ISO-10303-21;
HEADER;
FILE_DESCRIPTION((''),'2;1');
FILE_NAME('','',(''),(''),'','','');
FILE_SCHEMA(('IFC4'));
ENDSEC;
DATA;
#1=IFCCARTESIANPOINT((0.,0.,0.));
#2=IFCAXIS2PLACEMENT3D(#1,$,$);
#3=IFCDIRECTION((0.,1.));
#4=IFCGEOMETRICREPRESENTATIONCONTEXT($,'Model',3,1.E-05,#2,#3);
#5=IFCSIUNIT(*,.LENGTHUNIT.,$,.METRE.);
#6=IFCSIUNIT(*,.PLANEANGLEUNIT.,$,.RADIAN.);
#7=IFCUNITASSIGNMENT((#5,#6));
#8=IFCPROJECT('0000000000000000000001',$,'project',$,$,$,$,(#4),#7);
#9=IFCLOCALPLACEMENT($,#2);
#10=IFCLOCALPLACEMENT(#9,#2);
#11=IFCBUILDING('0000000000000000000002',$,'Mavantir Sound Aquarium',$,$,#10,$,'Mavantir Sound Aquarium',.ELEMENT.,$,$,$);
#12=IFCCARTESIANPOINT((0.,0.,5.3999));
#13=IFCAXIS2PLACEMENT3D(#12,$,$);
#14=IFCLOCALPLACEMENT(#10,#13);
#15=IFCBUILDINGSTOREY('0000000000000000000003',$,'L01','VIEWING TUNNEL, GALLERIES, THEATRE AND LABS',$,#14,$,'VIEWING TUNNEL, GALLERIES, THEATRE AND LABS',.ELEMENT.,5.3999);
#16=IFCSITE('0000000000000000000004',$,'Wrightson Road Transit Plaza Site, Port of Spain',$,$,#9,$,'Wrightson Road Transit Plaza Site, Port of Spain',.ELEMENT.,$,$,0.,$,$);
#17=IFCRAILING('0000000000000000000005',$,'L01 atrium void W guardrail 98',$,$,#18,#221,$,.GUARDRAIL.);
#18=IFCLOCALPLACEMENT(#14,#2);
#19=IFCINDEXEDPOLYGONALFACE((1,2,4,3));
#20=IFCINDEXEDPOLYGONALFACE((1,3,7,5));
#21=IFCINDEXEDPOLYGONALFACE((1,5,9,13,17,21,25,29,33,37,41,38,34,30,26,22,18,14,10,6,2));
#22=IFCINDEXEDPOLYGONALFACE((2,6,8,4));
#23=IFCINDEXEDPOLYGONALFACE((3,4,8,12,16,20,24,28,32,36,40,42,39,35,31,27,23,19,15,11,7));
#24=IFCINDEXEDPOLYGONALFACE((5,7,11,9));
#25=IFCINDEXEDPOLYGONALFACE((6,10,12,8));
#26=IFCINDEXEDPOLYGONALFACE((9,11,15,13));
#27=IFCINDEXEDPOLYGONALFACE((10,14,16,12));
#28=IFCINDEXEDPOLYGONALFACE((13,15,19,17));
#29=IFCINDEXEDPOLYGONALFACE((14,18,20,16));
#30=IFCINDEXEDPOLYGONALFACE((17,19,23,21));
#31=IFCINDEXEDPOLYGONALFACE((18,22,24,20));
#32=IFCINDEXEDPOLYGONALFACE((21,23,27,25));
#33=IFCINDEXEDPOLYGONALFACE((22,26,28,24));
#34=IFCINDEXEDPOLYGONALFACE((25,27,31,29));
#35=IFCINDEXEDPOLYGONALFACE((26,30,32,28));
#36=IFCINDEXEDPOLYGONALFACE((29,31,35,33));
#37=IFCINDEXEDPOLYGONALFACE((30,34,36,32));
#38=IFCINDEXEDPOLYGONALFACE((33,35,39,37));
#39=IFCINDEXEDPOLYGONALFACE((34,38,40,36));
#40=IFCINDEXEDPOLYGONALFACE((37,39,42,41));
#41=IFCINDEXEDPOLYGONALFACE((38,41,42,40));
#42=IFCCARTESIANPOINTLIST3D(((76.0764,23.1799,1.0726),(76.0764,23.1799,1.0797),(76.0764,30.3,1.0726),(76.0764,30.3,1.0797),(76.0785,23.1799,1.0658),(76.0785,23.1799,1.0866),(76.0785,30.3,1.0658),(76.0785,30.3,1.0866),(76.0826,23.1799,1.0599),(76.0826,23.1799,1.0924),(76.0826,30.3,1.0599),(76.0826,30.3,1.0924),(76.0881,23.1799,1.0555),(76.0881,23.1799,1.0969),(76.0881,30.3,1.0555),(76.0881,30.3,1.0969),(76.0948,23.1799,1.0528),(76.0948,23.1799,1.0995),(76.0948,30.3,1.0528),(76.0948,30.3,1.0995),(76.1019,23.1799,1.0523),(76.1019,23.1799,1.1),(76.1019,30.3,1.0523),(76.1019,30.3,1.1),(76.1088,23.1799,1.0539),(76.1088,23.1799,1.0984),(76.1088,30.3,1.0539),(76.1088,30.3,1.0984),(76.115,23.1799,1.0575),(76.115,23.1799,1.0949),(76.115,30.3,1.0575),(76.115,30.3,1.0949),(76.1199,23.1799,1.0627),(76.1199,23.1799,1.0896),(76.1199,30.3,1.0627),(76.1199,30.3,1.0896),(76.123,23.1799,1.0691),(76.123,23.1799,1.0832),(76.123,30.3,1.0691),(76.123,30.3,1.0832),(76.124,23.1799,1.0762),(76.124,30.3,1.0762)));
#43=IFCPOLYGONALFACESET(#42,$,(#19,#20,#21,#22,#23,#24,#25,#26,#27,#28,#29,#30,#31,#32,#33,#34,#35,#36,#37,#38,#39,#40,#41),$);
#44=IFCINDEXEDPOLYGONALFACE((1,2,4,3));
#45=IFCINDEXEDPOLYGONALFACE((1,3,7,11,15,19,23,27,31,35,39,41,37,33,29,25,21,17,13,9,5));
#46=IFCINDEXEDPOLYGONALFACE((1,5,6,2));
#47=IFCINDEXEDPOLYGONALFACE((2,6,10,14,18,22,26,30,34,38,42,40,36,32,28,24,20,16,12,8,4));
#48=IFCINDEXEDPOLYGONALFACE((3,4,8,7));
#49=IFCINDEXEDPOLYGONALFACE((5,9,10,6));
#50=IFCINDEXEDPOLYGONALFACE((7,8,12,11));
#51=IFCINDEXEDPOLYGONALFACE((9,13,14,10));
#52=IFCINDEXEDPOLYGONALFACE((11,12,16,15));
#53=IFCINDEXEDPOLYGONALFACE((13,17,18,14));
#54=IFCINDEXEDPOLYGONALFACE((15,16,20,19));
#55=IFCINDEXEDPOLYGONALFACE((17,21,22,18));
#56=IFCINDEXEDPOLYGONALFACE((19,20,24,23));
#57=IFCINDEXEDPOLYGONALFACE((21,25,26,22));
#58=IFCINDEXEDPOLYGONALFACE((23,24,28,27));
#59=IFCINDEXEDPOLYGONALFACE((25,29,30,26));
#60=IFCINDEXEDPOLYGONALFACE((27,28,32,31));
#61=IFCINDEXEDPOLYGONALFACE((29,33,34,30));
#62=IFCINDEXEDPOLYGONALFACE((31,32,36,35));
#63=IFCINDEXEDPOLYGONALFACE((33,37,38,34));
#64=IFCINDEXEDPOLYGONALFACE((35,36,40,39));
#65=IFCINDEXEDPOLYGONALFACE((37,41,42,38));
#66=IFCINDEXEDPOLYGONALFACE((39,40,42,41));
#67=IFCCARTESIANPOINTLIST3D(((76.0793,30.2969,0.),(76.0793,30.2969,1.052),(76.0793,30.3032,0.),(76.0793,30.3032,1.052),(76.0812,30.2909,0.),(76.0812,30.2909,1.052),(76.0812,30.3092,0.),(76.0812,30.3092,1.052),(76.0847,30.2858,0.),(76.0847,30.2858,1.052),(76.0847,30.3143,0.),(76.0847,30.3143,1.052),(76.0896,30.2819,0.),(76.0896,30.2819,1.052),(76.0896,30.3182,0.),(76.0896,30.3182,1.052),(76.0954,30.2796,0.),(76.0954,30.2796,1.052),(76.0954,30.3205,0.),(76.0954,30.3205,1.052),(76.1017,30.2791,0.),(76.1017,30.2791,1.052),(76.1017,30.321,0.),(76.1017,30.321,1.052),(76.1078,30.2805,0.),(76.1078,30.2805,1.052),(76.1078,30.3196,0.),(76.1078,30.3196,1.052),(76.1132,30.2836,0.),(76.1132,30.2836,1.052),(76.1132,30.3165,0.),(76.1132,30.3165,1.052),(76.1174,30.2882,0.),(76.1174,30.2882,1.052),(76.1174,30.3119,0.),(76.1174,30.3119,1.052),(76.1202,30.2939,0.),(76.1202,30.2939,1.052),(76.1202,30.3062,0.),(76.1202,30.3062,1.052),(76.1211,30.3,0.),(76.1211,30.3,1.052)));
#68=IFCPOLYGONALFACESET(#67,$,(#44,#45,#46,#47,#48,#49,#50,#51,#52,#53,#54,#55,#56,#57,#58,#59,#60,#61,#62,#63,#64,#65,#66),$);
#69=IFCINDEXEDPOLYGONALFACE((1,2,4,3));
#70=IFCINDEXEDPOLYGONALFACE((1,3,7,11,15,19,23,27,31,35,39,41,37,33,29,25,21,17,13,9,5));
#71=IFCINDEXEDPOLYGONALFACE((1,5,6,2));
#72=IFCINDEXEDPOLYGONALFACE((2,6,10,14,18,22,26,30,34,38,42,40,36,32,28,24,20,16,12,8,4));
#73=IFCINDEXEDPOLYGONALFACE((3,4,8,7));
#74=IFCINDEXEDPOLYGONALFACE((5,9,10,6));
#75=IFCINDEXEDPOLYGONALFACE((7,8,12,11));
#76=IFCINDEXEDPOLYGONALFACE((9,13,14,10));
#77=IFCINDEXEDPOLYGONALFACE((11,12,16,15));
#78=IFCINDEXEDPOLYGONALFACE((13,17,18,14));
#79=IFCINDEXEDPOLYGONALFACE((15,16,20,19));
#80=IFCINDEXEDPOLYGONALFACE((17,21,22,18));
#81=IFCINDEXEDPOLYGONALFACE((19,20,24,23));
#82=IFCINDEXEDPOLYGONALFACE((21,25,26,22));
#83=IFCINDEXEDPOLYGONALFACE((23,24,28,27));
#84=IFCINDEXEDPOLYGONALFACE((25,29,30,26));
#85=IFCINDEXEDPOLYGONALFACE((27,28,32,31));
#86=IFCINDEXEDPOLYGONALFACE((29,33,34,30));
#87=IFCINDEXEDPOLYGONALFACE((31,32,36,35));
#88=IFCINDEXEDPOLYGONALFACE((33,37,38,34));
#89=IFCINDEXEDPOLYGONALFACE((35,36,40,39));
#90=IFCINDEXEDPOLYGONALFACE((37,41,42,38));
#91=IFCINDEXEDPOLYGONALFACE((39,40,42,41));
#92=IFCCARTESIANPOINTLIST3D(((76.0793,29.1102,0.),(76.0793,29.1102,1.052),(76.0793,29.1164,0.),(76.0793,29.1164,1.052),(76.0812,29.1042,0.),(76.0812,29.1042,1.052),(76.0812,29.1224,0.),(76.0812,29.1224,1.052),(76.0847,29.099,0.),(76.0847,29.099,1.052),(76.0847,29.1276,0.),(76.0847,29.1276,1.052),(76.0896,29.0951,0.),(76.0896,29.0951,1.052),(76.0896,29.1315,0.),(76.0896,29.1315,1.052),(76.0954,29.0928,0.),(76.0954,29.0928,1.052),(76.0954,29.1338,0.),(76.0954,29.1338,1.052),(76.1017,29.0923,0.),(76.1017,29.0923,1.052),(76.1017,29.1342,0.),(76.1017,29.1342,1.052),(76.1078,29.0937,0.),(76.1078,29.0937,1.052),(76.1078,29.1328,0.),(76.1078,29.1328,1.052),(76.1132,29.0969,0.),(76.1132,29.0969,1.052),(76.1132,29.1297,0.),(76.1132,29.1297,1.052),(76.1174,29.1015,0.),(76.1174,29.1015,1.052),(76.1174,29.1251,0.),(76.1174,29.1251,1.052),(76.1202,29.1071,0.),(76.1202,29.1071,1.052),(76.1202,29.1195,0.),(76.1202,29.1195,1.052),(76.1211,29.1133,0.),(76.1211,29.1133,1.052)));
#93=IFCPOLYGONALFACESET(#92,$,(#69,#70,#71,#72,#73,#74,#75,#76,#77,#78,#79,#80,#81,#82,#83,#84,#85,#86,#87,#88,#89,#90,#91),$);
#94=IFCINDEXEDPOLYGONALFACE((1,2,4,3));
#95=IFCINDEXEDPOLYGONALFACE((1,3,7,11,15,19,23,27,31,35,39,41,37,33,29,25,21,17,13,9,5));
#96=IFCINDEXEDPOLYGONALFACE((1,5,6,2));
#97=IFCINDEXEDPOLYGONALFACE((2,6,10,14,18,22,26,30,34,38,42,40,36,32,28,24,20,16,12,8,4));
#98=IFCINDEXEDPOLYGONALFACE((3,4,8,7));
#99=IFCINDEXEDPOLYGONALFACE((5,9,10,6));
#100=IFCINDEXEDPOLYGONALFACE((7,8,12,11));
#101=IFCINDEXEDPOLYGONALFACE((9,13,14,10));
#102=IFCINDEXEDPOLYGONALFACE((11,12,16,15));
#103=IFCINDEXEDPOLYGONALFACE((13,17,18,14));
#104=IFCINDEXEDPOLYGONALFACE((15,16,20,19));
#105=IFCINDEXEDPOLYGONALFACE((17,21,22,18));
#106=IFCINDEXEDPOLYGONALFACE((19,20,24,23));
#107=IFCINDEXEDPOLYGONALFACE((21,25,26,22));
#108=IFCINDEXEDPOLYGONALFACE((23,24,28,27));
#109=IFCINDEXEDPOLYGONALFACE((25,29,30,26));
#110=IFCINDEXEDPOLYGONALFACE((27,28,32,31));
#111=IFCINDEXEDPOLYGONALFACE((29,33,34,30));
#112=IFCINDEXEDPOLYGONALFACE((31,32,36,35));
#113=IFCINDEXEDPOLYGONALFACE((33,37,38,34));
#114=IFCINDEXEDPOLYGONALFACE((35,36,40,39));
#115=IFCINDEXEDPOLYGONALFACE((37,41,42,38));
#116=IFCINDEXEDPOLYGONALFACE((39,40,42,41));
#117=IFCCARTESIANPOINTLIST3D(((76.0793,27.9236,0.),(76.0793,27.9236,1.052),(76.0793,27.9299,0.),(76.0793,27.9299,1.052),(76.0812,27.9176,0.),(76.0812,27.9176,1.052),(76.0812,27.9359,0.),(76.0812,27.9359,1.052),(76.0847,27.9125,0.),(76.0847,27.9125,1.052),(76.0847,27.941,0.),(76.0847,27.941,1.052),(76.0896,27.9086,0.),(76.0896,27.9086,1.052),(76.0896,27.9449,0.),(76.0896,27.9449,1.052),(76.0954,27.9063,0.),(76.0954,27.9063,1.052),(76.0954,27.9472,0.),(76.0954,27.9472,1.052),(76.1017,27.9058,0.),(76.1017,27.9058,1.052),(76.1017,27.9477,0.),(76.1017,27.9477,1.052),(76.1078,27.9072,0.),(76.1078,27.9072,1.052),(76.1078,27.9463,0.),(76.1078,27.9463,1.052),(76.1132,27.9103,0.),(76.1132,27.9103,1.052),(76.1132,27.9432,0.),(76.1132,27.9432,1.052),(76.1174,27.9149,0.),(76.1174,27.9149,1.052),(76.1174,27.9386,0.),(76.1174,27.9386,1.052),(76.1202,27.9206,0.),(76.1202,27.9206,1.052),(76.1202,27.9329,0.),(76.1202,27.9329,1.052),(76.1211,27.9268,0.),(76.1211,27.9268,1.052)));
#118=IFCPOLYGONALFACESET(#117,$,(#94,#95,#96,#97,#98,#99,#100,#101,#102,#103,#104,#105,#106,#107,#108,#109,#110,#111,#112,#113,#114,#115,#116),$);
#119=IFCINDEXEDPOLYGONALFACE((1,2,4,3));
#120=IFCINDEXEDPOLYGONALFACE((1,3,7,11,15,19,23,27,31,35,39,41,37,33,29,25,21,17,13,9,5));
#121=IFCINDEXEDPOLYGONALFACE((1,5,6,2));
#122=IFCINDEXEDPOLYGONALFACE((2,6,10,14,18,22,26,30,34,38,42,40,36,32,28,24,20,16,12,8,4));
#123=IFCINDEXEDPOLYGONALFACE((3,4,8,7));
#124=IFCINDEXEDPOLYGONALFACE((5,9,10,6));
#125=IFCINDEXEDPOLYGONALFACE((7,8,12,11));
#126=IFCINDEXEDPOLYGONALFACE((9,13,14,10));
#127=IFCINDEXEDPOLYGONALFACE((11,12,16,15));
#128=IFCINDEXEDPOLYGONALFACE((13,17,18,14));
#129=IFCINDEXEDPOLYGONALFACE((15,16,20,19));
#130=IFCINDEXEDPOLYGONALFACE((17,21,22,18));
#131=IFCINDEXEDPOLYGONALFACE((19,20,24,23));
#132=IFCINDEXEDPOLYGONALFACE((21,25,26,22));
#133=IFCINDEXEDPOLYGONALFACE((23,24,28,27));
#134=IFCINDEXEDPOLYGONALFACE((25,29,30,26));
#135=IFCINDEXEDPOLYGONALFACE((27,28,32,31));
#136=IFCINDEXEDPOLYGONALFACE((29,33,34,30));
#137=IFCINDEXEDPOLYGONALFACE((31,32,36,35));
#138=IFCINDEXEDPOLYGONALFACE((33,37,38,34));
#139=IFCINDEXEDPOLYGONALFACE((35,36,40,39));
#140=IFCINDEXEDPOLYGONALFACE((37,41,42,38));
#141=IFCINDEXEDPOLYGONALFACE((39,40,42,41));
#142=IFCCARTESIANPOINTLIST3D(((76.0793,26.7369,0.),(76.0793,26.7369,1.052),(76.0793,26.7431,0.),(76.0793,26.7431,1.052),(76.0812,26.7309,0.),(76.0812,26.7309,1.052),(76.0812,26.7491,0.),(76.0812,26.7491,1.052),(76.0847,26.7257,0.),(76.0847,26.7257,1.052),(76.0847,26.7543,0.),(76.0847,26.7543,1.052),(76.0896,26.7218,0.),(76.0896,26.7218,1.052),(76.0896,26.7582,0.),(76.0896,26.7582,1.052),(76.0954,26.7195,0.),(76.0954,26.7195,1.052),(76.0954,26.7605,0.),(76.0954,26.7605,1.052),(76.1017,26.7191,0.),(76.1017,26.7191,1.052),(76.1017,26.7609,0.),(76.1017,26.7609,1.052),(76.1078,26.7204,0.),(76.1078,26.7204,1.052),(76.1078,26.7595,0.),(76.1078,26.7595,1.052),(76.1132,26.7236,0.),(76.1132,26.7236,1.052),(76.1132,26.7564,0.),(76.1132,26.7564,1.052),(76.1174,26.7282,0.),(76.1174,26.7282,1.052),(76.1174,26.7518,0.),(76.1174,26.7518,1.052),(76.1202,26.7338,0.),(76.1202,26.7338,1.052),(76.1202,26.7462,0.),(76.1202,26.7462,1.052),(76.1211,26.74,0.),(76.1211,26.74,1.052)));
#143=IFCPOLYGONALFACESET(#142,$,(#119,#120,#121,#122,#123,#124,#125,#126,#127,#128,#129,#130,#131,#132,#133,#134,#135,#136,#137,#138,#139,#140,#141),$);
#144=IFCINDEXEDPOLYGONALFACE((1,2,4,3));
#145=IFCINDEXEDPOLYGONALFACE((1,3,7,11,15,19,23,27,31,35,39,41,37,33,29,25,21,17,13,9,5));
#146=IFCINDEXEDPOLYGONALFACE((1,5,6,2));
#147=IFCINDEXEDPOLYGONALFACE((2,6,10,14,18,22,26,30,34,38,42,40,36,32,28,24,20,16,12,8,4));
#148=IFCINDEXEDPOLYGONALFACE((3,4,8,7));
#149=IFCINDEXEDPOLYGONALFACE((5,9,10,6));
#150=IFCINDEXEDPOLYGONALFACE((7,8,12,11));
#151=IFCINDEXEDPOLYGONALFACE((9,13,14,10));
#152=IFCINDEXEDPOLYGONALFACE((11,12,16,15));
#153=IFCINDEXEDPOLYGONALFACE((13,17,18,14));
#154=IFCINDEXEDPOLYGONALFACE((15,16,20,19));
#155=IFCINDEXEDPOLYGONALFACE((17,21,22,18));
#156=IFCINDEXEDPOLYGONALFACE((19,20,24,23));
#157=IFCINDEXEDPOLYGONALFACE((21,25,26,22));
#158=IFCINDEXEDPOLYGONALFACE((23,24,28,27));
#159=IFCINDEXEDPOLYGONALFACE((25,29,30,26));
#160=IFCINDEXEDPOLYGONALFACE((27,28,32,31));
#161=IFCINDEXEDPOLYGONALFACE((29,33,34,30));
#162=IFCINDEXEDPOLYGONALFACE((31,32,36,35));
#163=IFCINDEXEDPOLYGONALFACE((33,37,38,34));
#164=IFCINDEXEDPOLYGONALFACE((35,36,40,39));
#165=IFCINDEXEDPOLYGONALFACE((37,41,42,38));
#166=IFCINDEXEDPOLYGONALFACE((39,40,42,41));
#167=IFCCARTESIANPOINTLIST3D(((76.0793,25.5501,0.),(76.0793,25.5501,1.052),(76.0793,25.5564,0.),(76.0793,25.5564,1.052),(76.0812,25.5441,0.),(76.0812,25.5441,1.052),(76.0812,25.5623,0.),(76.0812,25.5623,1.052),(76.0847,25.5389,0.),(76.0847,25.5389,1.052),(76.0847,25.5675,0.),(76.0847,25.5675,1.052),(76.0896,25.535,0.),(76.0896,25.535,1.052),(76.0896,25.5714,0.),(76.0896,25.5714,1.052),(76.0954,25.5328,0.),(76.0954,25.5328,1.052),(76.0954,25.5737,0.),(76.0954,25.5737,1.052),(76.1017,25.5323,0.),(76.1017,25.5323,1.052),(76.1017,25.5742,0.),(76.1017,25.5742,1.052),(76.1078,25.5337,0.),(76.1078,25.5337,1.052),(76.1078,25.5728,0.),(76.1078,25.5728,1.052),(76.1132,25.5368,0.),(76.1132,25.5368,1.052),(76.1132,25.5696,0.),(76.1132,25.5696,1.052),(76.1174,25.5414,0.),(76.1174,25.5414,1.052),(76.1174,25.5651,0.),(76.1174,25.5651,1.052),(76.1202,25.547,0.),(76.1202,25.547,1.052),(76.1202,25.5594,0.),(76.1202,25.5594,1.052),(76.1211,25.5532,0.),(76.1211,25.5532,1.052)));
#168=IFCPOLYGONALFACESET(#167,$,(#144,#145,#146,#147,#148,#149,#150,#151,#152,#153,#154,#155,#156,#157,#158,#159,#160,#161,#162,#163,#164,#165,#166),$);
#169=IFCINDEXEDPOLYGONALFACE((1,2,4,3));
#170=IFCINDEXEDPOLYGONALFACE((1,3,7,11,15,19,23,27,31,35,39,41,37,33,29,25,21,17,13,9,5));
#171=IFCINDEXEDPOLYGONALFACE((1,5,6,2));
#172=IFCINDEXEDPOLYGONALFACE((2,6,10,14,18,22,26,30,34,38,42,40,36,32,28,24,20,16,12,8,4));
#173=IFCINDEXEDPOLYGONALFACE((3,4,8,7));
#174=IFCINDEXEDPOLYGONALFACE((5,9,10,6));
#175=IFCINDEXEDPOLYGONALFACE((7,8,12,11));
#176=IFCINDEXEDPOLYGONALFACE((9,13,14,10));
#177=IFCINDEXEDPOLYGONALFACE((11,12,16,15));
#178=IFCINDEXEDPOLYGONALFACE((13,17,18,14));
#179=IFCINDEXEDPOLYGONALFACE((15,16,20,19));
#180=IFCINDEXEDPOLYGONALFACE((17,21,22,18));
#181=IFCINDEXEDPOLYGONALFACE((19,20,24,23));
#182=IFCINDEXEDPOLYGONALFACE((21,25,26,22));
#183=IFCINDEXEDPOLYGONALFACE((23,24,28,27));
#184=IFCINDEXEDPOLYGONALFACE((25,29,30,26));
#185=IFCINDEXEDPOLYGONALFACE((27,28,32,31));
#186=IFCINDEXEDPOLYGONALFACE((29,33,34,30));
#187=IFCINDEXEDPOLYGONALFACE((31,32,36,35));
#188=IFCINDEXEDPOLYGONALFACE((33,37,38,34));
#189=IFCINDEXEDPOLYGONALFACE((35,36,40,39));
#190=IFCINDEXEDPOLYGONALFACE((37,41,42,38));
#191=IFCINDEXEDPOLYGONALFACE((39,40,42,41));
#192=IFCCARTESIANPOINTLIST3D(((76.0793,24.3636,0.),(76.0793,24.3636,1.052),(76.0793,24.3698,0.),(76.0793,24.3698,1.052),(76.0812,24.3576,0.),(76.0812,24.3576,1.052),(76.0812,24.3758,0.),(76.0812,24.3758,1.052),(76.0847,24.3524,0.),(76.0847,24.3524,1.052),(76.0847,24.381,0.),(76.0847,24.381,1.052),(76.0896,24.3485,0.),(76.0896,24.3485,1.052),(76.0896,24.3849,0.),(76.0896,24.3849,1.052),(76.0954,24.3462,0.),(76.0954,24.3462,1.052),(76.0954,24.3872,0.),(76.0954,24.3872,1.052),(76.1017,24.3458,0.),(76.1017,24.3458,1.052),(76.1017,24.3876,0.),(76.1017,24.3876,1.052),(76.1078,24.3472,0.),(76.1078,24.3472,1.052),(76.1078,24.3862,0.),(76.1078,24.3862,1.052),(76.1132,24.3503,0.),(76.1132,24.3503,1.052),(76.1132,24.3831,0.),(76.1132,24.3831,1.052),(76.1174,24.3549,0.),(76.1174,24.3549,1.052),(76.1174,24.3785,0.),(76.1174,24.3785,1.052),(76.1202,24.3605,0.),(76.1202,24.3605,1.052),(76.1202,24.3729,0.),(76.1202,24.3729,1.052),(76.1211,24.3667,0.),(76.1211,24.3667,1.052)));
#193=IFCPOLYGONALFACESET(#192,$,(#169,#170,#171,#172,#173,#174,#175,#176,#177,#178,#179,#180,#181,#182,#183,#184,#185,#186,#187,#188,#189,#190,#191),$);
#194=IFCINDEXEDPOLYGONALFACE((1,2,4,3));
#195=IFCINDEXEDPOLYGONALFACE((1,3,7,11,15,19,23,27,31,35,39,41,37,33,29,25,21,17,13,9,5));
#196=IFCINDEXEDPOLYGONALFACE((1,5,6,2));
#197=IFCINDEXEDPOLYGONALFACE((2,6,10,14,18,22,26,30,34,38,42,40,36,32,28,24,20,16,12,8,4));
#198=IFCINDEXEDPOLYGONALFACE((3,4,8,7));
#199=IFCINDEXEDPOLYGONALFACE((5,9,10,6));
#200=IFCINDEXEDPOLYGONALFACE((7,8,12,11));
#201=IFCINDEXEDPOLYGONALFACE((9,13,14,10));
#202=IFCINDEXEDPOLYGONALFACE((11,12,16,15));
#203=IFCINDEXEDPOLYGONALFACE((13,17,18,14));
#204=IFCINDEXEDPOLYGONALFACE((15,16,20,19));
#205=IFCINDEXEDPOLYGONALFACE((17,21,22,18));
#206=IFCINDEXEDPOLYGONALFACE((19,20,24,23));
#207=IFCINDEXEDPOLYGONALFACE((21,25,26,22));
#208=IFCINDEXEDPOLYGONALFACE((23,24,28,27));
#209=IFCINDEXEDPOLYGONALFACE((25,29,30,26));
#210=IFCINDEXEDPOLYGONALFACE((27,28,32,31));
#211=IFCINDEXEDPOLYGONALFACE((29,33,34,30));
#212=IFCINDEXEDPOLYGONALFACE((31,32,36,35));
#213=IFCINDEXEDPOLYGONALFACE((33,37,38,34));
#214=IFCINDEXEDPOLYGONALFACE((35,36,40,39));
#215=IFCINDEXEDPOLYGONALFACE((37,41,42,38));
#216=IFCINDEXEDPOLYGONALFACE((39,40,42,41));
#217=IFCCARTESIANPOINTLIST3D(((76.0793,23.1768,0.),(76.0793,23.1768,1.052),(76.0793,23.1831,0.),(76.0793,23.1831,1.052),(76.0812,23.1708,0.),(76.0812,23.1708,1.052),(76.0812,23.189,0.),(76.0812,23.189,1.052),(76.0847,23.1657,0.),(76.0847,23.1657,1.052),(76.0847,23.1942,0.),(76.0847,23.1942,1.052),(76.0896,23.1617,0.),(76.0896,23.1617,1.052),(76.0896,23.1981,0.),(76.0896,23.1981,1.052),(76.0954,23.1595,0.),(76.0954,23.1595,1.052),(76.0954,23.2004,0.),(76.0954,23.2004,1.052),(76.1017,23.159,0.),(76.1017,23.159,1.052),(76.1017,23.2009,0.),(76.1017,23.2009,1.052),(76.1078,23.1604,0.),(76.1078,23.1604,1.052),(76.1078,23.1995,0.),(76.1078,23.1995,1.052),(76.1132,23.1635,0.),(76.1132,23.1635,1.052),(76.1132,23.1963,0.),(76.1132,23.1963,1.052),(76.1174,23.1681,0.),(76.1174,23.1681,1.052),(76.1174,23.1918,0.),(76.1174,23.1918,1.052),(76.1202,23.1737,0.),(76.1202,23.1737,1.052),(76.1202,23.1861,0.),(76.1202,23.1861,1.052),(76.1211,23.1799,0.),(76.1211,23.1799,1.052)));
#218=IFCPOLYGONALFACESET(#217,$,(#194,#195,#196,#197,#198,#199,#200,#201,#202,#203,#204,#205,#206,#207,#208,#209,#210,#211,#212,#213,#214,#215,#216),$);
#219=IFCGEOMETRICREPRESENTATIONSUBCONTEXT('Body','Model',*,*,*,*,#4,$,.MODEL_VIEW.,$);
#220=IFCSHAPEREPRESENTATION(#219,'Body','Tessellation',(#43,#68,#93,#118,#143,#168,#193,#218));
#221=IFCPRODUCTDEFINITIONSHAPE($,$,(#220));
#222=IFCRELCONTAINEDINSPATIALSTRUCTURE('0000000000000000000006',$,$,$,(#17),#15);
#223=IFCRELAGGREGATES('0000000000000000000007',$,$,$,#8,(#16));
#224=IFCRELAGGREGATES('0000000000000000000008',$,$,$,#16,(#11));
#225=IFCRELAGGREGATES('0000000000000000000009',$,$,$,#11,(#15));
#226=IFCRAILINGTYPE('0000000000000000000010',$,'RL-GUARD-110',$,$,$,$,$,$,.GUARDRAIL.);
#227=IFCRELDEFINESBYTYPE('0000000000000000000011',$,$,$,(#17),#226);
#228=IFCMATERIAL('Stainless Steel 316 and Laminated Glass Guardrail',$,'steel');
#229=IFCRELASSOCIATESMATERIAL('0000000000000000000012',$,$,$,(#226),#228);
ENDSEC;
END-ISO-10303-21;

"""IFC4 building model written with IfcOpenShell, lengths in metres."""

from ifc_helpers import new_model, si_unit, direction, frame, origin, origin_2d, place, context, subcontext, project, spatial, circle, extrude, material, type_object, element, save


model = new_model("IFC4")

# Units and contexts
model_context = context("Model", 3, precision=1e-05, world=origin(), true_north=direction((0.0, 1.0)))
body_context = subcontext(model_context, "Body", "Model", "MODEL_VIEW")
ifc_project = project(units=[si_unit("LENGTHUNIT", "METRE"), si_unit("PLANEANGLEUNIT", "RADIAN")], contexts=[model_context])

# Site, building, storey
site_placement = place(None, origin())
site = spatial("IfcSite", under=ifc_project, at=site_placement, Name="Wrightson Road Transit Plaza Site, Port of Spain", LongName="Wrightson Road Transit Plaza Site, Port of Spain", CompositionType="ELEMENT", RefElevation=0.0)
building_placement = place(site_placement, origin())
building = spatial("IfcBuilding", under=site, at=building_placement, Name="Mavantir Sound Aquarium", LongName="Mavantir Sound Aquarium", CompositionType="ELEMENT")
storey_placement = place(building_placement, frame((0.0, 0.0, 5.3999)))
storey = spatial("IfcBuildingStorey", under=building, at=storey_placement, Name="L01", Description="VIEWING TUNNEL, GALLERIES, THEATRE AND LABS", LongName="VIEWING TUNNEL, GALLERIES, THEATRE AND LABS", CompositionType="ELEMENT", Elevation=5.3999)

# Railing
ifc_material_1 = material(Name="Stainless Steel 316 and Laminated Glass Guardrail", Category="steel")
railing_type = type_object("IfcRailingType", Name="RL-GUARD-110", PredefinedType="GUARDRAIL", material=ifc_material_1)
railing_1_placement = place(storey_placement, frame((76.1001, 30.3, 0.0)))
element("IfcRailing", 1, at=railing_1_placement, inside=storey, type_object=railing_type, Name="L01 atrium void W guardrail 98", PredefinedType="GUARDRAIL", context=body_context, shape_type="SweptSolid", body=[
    extrude(circle(Radius=0.0239, at=origin_2d()), frame((0.0, 0.0, 1.0762), z_axis=(0.0, -1.0, 0.0), x_axis=(1.0, 0.0, 0.0)), (0.0, 0.0, 1.0), 7.1201),
    extrude(circle(Radius=0.021, at=origin_2d()), origin(), (0.0, 0.0, 1.0), 1.052),
    extrude(circle(Radius=0.021, at=origin_2d()), frame((0.0, -1.1868, 0.0)), (0.0, 0.0, 1.0), 1.052),
    extrude(circle(Radius=0.021, at=origin_2d()), frame((0.0, -2.3733, 0.0)), (0.0, 0.0, 1.0), 1.052),
    extrude(circle(Radius=0.021, at=origin_2d()), frame((0.0, -3.5601, 0.0)), (0.0, 0.0, 1.0), 1.052),
    extrude(circle(Radius=0.021, at=origin_2d()), frame((0.0, -4.7468, 0.0)), (0.0, 0.0, 1.0), 1.052),
    extrude(circle(Radius=0.021, at=origin_2d()), frame((0.0, -5.9333, 0.0)), (0.0, 0.0, 1.0), 1.052),
    extrude(circle(Radius=0.021, at=origin_2d()), frame((0.0, -7.1201, 0.0)), (0.0, 0.0, 1.0), 1.052),
])

save(model, "model.ifc")
